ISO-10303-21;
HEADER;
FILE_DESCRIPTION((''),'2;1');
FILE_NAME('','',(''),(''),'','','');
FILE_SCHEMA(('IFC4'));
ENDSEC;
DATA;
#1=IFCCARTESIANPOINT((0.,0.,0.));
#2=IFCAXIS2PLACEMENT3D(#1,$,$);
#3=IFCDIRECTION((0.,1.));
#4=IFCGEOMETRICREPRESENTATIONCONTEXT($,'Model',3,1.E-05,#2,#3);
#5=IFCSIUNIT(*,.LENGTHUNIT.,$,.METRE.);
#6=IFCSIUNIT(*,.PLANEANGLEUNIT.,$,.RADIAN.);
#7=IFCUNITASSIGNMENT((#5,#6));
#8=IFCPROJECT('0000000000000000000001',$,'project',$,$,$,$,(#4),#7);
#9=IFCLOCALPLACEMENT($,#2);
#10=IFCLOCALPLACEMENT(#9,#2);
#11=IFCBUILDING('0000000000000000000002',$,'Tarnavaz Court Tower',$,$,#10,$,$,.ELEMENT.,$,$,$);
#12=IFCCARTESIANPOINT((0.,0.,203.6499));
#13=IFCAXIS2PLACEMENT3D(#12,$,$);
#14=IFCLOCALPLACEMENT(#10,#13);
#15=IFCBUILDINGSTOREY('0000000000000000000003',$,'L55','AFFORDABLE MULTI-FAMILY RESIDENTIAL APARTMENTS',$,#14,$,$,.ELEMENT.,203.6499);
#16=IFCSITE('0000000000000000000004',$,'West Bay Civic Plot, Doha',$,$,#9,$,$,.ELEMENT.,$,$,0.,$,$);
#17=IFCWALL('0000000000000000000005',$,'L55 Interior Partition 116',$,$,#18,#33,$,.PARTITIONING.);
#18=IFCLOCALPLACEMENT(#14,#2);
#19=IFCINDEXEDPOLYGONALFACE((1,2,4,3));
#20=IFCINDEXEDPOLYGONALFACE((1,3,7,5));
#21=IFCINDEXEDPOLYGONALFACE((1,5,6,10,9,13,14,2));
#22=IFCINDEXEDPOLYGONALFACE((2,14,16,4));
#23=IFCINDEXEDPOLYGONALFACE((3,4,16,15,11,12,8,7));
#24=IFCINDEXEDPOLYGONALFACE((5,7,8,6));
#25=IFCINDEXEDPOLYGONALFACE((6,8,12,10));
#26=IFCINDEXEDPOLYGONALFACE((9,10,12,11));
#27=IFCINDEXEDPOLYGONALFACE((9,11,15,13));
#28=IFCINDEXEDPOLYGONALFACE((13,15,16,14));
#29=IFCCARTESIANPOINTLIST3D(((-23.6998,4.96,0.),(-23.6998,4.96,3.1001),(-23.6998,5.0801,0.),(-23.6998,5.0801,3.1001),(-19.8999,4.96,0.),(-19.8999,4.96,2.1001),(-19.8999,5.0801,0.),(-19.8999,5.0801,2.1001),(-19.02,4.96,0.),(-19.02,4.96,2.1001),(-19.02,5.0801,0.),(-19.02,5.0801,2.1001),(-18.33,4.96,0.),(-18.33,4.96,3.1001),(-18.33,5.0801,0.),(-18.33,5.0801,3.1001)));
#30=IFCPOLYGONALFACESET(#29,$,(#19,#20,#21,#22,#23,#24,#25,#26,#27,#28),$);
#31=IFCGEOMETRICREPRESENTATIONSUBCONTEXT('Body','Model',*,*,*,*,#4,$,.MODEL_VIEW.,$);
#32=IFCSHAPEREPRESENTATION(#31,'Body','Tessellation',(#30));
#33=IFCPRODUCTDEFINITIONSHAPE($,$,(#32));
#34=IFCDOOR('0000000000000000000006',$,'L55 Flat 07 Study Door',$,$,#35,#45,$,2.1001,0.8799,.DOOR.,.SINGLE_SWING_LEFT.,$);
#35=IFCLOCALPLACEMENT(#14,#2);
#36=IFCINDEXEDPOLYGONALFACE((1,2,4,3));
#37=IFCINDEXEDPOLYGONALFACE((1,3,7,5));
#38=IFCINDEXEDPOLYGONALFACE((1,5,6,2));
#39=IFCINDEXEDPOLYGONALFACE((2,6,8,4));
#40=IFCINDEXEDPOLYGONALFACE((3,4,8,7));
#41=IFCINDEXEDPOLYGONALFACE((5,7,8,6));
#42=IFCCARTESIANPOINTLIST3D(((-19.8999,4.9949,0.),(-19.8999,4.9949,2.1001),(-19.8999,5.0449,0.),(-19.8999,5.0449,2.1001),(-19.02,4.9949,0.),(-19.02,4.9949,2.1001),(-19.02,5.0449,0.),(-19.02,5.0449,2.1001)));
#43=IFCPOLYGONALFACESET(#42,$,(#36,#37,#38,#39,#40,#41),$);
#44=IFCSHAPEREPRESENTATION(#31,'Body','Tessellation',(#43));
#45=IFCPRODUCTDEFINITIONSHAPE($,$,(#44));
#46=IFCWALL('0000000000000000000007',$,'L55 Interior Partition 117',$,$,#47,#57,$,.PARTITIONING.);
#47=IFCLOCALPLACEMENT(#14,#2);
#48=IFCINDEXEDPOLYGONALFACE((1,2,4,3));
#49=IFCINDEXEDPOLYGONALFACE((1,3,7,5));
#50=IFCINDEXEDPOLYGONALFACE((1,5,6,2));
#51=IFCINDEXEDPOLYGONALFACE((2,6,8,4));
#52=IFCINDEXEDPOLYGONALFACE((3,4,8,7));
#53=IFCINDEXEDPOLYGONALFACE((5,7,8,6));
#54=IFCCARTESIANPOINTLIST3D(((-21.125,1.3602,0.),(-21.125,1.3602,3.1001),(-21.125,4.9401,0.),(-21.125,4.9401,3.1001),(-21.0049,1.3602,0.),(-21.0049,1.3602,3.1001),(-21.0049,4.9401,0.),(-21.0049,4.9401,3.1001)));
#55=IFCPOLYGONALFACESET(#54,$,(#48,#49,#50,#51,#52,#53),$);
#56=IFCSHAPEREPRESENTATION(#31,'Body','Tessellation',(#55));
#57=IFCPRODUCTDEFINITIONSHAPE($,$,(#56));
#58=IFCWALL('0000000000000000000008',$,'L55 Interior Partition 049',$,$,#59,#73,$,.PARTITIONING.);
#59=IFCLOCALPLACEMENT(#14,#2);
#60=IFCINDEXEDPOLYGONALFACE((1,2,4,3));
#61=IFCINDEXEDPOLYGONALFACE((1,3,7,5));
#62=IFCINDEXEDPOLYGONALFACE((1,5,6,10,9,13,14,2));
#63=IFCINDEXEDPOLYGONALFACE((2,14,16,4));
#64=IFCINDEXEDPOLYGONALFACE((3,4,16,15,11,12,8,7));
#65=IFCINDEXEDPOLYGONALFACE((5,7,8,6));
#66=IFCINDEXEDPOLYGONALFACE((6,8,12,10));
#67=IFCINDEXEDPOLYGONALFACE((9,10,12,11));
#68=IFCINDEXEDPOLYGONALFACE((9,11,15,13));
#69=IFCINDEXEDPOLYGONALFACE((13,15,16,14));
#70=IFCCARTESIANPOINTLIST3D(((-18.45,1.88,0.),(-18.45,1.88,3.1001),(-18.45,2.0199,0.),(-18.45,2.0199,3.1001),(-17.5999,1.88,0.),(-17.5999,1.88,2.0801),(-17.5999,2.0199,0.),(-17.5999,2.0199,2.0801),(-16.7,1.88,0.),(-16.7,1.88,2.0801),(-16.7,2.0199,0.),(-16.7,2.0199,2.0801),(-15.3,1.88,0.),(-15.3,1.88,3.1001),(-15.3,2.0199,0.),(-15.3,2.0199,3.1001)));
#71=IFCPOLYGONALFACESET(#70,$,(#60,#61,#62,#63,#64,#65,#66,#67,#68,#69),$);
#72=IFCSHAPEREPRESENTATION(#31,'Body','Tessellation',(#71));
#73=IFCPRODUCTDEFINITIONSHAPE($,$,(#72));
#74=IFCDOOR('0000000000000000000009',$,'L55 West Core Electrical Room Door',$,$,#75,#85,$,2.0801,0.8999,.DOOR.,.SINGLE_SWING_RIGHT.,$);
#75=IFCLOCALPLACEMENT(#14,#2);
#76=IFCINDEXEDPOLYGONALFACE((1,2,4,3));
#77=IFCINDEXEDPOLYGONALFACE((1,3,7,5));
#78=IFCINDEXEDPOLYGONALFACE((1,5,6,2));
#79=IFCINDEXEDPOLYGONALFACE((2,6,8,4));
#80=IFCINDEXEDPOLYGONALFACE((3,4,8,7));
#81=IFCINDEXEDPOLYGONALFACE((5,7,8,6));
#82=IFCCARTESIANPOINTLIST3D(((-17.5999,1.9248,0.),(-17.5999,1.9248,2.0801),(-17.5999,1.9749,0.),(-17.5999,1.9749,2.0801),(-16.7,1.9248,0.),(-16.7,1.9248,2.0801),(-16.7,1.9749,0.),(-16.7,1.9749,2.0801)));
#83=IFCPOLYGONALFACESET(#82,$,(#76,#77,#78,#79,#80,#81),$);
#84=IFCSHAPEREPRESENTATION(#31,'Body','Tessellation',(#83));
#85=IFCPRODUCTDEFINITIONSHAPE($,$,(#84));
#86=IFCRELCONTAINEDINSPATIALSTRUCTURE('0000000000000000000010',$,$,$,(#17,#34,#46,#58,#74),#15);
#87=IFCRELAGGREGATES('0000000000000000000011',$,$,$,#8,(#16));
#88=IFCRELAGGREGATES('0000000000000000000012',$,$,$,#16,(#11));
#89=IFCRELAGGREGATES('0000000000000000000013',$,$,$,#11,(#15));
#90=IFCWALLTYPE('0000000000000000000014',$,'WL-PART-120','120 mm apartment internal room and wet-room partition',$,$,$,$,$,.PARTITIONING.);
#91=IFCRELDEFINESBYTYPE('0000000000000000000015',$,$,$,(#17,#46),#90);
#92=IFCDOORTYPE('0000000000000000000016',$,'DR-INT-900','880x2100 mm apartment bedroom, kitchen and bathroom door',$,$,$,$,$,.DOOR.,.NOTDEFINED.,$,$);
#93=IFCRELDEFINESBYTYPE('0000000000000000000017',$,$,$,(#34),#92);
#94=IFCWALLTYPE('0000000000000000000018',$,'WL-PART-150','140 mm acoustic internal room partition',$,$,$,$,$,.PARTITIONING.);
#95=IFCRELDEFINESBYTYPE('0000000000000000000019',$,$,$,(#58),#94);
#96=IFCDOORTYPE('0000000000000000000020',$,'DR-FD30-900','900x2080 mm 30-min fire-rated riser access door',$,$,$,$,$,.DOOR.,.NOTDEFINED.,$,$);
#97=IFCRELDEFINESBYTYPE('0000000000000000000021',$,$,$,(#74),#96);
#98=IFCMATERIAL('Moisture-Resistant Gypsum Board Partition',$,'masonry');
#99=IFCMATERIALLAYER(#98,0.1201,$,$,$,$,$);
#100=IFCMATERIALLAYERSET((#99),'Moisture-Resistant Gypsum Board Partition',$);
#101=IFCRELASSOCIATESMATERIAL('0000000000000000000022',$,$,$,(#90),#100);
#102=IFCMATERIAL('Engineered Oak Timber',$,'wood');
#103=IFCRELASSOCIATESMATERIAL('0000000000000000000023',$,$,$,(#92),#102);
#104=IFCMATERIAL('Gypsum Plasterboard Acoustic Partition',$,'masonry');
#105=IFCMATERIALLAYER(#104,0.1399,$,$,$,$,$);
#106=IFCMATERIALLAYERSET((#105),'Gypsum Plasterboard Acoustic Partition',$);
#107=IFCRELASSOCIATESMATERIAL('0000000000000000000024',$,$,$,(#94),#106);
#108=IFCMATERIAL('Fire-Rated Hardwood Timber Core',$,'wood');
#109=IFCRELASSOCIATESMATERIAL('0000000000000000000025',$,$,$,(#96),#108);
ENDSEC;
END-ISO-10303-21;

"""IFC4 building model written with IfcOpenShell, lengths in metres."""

from ifc_helpers import new_model, si_unit, direction, frame, frame_2d, origin, place, context, subcontext, project, spatial, rectangle, extrude, material, layer, layer_set, type_object, element, fill, save


model = new_model("IFC4")

# Units and contexts
model_context = context("Model", 3, precision=1e-05, world=origin(), true_north=direction((0.0, 1.0)))
body_context = subcontext(model_context, "Body", "Model", "MODEL_VIEW")
ifc_project = project(units=[si_unit("LENGTHUNIT", "METRE"), si_unit("PLANEANGLEUNIT", "RADIAN")], contexts=[model_context])

# Site, building, storey
site_placement = place(None, origin())
site = spatial("IfcSite", under=ifc_project, at=site_placement, Name="West Bay Civic Plot, Doha", CompositionType="ELEMENT", RefElevation=0.0)
building_placement = place(site_placement, origin())
building = spatial("IfcBuilding", under=site, at=building_placement, Name="Tarnavaz Court Tower", CompositionType="ELEMENT")
storey_placement = place(building_placement, frame((0.0, 0.0, 203.6499)))
storey = spatial("IfcBuildingStorey", under=building, at=storey_placement, Name="L55", Description="AFFORDABLE MULTI-FAMILY RESIDENTIAL APARTMENTS", CompositionType="ELEMENT", Elevation=203.6499)

# Shared definitions
ifc_material_1 = material(Name="Fire-Rated Hardwood Timber Core", Category="wood")

# Shared definitions
ifc_material_2 = material(Name="Moisture-Resistant Gypsum Board Partition", Category="masonry")
ifc_layer_1 = layer(ifc_material_2, 0.1201)
ifc_layer_set_1 = layer_set([ifc_layer_1], Name="Moisture-Resistant Gypsum Board Partition")
wall_type_1 = type_object("IfcWallType", Name="WL-PART-120", Description="120 mm apartment internal room and wet-room partition", PredefinedType="PARTITIONING", material=ifc_layer_set_1)
ifc_material_3 = material(Name="Engineered Oak Timber", Category="wood")
door_type_1 = type_object("IfcDoorType", Name="DR-INT-900", Description="880x2100 mm apartment bedroom, kitchen and bathroom door", OperationType="NOTDEFINED", PredefinedType="DOOR", material=ifc_material_3)

# Wall, opening, door
wall_1_placement = place(storey_placement, frame((-23.7, 5.02, 0.0), z_axis=(0.0, 0.0, 1.0), x_axis=(1.0, 0.0, 0.0)))
wall_1 = element("IfcWall", 1, at=wall_1_placement, inside=storey, type_object=wall_type_1, Name="L55 Interior Partition 116", PredefinedType="PARTITIONING", context=body_context, shape_type="SweptSolid", body=[
    extrude(rectangle(XDim=5.3699, YDim=0.1201, at=frame_2d((2.6851, 0.0))), origin(), (0.0, 0.0, 1.0), 3.1001),
])
opening_1_placement = place(wall_1_placement, frame((3.8, 0.0, 0.0)))
opening_1 = element("IfcOpeningElement", 2, at=opening_1_placement, cuts=wall_1, PredefinedType="OPENING", context=body_context, shape_type="SweptSolid", body=[
    extrude(rectangle(XDim=0.8799, YDim=2.1001, at=frame_2d((0.4399, 1.05))), frame((0.0, 0.0701, 0.0), z_axis=(0.0, -1.0, 0.0), x_axis=(1.0, 0.0, 0.0)), (0.0, 0.0, 1.0), 0.1401),
])
door_1_placement = place(opening_1_placement, origin())
door_1 = element("IfcDoor", 3, at=door_1_placement, inside=storey, type_object=door_type_1, Name="L55 Flat 07 Study Door", OperationType="SINGLE_SWING_LEFT", OverallHeight=2.1001, OverallWidth=0.8799, PredefinedType="DOOR", context=body_context, shape_type="SweptSolid", body=[
    extrude(rectangle(XDim=0.8799, YDim=2.1001, at=frame_2d((0.4399, 1.05))), frame((0.0, 0.0249, 0.0), z_axis=(0.0, -1.0, 0.0), x_axis=(1.0, 0.0, 0.0)), (0.0, 0.0, 1.0), 0.05),
])
fill(opening_1, door_1)

# Wall
wall_2_placement = place(storey_placement, frame((-21.0649, 1.3601, 0.0), z_axis=(0.0, 0.0, 1.0), x_axis=(0.0, 1.0, 0.0)))
element("IfcWall", 4, at=wall_2_placement, inside=storey, type_object=wall_type_1, Name="L55 Interior Partition 117", PredefinedType="PARTITIONING", context=body_context, shape_type="SweptSolid", body=[
    extrude(rectangle(XDim=3.5798, YDim=0.1201, at=frame_2d((1.79, 0.0))), origin(), (0.0, 0.0, 1.0), 3.1001),
])

# Wall, opening, door
ifc_material_4 = material(Name="Gypsum Plasterboard Acoustic Partition", Category="masonry")
ifc_layer_2 = layer(ifc_material_4, 0.1399)
ifc_layer_set_2 = layer_set([ifc_layer_2], Name="Gypsum Plasterboard Acoustic Partition")
wall_type_2 = type_object("IfcWallType", Name="WL-PART-150", Description="140 mm acoustic internal room partition", PredefinedType="PARTITIONING", material=ifc_layer_set_2)
wall_3_placement = place(storey_placement, frame((-18.45, 1.95, 0.0), z_axis=(0.0, 0.0, 1.0), x_axis=(1.0, 0.0, 0.0)))
wall_3 = element("IfcWall", 5, at=wall_3_placement, inside=storey, type_object=wall_type_2, Name="L55 Interior Partition 049", PredefinedType="PARTITIONING", context=body_context, shape_type="SweptSolid", body=[
    extrude(rectangle(XDim=3.1499, YDim=0.1399, at=frame_2d((1.575, 0.0))), origin(), (0.0, 0.0, 1.0), 3.1001),
])
opening_2_placement = place(wall_3_placement, frame((0.8501, 0.0, 0.0)))
opening_2 = element("IfcOpeningElement", 6, at=opening_2_placement, cuts=wall_3, PredefinedType="OPENING", context=body_context, shape_type="SweptSolid", body=[
    extrude(rectangle(XDim=0.8999, YDim=2.0801, at=frame_2d((0.45, 1.04))), frame((0.0, 0.0798, 0.0), z_axis=(0.0, -1.0, 0.0), x_axis=(1.0, 0.0, 0.0)), (0.0, 0.0, 1.0), 0.1599),
])
door_type_2 = type_object("IfcDoorType", Name="DR-FD30-900", Description="900x2080 mm 30-min fire-rated riser access door", OperationType="NOTDEFINED", PredefinedType="DOOR", material=ifc_material_1)
door_2_placement = place(opening_2_placement, origin())
door_2 = element("IfcDoor", 7, at=door_2_placement, inside=storey, type_object=door_type_2, Name="L55 West Core Electrical Room Door", OperationType="SINGLE_SWING_RIGHT", OverallHeight=2.0801, OverallWidth=0.8999, PredefinedType="DOOR", context=body_context, shape_type="SweptSolid", body=[
    extrude(rectangle(XDim=0.8999, YDim=2.0801, at=frame_2d((0.45, 1.04))), frame((0.0, 0.0249, 0.0), z_axis=(0.0, -1.0, 0.0), x_axis=(1.0, 0.0, 0.0)), (0.0, 0.0, 1.0), 0.05),
])
fill(opening_2, door_2)

save(model, "model.ifc")
